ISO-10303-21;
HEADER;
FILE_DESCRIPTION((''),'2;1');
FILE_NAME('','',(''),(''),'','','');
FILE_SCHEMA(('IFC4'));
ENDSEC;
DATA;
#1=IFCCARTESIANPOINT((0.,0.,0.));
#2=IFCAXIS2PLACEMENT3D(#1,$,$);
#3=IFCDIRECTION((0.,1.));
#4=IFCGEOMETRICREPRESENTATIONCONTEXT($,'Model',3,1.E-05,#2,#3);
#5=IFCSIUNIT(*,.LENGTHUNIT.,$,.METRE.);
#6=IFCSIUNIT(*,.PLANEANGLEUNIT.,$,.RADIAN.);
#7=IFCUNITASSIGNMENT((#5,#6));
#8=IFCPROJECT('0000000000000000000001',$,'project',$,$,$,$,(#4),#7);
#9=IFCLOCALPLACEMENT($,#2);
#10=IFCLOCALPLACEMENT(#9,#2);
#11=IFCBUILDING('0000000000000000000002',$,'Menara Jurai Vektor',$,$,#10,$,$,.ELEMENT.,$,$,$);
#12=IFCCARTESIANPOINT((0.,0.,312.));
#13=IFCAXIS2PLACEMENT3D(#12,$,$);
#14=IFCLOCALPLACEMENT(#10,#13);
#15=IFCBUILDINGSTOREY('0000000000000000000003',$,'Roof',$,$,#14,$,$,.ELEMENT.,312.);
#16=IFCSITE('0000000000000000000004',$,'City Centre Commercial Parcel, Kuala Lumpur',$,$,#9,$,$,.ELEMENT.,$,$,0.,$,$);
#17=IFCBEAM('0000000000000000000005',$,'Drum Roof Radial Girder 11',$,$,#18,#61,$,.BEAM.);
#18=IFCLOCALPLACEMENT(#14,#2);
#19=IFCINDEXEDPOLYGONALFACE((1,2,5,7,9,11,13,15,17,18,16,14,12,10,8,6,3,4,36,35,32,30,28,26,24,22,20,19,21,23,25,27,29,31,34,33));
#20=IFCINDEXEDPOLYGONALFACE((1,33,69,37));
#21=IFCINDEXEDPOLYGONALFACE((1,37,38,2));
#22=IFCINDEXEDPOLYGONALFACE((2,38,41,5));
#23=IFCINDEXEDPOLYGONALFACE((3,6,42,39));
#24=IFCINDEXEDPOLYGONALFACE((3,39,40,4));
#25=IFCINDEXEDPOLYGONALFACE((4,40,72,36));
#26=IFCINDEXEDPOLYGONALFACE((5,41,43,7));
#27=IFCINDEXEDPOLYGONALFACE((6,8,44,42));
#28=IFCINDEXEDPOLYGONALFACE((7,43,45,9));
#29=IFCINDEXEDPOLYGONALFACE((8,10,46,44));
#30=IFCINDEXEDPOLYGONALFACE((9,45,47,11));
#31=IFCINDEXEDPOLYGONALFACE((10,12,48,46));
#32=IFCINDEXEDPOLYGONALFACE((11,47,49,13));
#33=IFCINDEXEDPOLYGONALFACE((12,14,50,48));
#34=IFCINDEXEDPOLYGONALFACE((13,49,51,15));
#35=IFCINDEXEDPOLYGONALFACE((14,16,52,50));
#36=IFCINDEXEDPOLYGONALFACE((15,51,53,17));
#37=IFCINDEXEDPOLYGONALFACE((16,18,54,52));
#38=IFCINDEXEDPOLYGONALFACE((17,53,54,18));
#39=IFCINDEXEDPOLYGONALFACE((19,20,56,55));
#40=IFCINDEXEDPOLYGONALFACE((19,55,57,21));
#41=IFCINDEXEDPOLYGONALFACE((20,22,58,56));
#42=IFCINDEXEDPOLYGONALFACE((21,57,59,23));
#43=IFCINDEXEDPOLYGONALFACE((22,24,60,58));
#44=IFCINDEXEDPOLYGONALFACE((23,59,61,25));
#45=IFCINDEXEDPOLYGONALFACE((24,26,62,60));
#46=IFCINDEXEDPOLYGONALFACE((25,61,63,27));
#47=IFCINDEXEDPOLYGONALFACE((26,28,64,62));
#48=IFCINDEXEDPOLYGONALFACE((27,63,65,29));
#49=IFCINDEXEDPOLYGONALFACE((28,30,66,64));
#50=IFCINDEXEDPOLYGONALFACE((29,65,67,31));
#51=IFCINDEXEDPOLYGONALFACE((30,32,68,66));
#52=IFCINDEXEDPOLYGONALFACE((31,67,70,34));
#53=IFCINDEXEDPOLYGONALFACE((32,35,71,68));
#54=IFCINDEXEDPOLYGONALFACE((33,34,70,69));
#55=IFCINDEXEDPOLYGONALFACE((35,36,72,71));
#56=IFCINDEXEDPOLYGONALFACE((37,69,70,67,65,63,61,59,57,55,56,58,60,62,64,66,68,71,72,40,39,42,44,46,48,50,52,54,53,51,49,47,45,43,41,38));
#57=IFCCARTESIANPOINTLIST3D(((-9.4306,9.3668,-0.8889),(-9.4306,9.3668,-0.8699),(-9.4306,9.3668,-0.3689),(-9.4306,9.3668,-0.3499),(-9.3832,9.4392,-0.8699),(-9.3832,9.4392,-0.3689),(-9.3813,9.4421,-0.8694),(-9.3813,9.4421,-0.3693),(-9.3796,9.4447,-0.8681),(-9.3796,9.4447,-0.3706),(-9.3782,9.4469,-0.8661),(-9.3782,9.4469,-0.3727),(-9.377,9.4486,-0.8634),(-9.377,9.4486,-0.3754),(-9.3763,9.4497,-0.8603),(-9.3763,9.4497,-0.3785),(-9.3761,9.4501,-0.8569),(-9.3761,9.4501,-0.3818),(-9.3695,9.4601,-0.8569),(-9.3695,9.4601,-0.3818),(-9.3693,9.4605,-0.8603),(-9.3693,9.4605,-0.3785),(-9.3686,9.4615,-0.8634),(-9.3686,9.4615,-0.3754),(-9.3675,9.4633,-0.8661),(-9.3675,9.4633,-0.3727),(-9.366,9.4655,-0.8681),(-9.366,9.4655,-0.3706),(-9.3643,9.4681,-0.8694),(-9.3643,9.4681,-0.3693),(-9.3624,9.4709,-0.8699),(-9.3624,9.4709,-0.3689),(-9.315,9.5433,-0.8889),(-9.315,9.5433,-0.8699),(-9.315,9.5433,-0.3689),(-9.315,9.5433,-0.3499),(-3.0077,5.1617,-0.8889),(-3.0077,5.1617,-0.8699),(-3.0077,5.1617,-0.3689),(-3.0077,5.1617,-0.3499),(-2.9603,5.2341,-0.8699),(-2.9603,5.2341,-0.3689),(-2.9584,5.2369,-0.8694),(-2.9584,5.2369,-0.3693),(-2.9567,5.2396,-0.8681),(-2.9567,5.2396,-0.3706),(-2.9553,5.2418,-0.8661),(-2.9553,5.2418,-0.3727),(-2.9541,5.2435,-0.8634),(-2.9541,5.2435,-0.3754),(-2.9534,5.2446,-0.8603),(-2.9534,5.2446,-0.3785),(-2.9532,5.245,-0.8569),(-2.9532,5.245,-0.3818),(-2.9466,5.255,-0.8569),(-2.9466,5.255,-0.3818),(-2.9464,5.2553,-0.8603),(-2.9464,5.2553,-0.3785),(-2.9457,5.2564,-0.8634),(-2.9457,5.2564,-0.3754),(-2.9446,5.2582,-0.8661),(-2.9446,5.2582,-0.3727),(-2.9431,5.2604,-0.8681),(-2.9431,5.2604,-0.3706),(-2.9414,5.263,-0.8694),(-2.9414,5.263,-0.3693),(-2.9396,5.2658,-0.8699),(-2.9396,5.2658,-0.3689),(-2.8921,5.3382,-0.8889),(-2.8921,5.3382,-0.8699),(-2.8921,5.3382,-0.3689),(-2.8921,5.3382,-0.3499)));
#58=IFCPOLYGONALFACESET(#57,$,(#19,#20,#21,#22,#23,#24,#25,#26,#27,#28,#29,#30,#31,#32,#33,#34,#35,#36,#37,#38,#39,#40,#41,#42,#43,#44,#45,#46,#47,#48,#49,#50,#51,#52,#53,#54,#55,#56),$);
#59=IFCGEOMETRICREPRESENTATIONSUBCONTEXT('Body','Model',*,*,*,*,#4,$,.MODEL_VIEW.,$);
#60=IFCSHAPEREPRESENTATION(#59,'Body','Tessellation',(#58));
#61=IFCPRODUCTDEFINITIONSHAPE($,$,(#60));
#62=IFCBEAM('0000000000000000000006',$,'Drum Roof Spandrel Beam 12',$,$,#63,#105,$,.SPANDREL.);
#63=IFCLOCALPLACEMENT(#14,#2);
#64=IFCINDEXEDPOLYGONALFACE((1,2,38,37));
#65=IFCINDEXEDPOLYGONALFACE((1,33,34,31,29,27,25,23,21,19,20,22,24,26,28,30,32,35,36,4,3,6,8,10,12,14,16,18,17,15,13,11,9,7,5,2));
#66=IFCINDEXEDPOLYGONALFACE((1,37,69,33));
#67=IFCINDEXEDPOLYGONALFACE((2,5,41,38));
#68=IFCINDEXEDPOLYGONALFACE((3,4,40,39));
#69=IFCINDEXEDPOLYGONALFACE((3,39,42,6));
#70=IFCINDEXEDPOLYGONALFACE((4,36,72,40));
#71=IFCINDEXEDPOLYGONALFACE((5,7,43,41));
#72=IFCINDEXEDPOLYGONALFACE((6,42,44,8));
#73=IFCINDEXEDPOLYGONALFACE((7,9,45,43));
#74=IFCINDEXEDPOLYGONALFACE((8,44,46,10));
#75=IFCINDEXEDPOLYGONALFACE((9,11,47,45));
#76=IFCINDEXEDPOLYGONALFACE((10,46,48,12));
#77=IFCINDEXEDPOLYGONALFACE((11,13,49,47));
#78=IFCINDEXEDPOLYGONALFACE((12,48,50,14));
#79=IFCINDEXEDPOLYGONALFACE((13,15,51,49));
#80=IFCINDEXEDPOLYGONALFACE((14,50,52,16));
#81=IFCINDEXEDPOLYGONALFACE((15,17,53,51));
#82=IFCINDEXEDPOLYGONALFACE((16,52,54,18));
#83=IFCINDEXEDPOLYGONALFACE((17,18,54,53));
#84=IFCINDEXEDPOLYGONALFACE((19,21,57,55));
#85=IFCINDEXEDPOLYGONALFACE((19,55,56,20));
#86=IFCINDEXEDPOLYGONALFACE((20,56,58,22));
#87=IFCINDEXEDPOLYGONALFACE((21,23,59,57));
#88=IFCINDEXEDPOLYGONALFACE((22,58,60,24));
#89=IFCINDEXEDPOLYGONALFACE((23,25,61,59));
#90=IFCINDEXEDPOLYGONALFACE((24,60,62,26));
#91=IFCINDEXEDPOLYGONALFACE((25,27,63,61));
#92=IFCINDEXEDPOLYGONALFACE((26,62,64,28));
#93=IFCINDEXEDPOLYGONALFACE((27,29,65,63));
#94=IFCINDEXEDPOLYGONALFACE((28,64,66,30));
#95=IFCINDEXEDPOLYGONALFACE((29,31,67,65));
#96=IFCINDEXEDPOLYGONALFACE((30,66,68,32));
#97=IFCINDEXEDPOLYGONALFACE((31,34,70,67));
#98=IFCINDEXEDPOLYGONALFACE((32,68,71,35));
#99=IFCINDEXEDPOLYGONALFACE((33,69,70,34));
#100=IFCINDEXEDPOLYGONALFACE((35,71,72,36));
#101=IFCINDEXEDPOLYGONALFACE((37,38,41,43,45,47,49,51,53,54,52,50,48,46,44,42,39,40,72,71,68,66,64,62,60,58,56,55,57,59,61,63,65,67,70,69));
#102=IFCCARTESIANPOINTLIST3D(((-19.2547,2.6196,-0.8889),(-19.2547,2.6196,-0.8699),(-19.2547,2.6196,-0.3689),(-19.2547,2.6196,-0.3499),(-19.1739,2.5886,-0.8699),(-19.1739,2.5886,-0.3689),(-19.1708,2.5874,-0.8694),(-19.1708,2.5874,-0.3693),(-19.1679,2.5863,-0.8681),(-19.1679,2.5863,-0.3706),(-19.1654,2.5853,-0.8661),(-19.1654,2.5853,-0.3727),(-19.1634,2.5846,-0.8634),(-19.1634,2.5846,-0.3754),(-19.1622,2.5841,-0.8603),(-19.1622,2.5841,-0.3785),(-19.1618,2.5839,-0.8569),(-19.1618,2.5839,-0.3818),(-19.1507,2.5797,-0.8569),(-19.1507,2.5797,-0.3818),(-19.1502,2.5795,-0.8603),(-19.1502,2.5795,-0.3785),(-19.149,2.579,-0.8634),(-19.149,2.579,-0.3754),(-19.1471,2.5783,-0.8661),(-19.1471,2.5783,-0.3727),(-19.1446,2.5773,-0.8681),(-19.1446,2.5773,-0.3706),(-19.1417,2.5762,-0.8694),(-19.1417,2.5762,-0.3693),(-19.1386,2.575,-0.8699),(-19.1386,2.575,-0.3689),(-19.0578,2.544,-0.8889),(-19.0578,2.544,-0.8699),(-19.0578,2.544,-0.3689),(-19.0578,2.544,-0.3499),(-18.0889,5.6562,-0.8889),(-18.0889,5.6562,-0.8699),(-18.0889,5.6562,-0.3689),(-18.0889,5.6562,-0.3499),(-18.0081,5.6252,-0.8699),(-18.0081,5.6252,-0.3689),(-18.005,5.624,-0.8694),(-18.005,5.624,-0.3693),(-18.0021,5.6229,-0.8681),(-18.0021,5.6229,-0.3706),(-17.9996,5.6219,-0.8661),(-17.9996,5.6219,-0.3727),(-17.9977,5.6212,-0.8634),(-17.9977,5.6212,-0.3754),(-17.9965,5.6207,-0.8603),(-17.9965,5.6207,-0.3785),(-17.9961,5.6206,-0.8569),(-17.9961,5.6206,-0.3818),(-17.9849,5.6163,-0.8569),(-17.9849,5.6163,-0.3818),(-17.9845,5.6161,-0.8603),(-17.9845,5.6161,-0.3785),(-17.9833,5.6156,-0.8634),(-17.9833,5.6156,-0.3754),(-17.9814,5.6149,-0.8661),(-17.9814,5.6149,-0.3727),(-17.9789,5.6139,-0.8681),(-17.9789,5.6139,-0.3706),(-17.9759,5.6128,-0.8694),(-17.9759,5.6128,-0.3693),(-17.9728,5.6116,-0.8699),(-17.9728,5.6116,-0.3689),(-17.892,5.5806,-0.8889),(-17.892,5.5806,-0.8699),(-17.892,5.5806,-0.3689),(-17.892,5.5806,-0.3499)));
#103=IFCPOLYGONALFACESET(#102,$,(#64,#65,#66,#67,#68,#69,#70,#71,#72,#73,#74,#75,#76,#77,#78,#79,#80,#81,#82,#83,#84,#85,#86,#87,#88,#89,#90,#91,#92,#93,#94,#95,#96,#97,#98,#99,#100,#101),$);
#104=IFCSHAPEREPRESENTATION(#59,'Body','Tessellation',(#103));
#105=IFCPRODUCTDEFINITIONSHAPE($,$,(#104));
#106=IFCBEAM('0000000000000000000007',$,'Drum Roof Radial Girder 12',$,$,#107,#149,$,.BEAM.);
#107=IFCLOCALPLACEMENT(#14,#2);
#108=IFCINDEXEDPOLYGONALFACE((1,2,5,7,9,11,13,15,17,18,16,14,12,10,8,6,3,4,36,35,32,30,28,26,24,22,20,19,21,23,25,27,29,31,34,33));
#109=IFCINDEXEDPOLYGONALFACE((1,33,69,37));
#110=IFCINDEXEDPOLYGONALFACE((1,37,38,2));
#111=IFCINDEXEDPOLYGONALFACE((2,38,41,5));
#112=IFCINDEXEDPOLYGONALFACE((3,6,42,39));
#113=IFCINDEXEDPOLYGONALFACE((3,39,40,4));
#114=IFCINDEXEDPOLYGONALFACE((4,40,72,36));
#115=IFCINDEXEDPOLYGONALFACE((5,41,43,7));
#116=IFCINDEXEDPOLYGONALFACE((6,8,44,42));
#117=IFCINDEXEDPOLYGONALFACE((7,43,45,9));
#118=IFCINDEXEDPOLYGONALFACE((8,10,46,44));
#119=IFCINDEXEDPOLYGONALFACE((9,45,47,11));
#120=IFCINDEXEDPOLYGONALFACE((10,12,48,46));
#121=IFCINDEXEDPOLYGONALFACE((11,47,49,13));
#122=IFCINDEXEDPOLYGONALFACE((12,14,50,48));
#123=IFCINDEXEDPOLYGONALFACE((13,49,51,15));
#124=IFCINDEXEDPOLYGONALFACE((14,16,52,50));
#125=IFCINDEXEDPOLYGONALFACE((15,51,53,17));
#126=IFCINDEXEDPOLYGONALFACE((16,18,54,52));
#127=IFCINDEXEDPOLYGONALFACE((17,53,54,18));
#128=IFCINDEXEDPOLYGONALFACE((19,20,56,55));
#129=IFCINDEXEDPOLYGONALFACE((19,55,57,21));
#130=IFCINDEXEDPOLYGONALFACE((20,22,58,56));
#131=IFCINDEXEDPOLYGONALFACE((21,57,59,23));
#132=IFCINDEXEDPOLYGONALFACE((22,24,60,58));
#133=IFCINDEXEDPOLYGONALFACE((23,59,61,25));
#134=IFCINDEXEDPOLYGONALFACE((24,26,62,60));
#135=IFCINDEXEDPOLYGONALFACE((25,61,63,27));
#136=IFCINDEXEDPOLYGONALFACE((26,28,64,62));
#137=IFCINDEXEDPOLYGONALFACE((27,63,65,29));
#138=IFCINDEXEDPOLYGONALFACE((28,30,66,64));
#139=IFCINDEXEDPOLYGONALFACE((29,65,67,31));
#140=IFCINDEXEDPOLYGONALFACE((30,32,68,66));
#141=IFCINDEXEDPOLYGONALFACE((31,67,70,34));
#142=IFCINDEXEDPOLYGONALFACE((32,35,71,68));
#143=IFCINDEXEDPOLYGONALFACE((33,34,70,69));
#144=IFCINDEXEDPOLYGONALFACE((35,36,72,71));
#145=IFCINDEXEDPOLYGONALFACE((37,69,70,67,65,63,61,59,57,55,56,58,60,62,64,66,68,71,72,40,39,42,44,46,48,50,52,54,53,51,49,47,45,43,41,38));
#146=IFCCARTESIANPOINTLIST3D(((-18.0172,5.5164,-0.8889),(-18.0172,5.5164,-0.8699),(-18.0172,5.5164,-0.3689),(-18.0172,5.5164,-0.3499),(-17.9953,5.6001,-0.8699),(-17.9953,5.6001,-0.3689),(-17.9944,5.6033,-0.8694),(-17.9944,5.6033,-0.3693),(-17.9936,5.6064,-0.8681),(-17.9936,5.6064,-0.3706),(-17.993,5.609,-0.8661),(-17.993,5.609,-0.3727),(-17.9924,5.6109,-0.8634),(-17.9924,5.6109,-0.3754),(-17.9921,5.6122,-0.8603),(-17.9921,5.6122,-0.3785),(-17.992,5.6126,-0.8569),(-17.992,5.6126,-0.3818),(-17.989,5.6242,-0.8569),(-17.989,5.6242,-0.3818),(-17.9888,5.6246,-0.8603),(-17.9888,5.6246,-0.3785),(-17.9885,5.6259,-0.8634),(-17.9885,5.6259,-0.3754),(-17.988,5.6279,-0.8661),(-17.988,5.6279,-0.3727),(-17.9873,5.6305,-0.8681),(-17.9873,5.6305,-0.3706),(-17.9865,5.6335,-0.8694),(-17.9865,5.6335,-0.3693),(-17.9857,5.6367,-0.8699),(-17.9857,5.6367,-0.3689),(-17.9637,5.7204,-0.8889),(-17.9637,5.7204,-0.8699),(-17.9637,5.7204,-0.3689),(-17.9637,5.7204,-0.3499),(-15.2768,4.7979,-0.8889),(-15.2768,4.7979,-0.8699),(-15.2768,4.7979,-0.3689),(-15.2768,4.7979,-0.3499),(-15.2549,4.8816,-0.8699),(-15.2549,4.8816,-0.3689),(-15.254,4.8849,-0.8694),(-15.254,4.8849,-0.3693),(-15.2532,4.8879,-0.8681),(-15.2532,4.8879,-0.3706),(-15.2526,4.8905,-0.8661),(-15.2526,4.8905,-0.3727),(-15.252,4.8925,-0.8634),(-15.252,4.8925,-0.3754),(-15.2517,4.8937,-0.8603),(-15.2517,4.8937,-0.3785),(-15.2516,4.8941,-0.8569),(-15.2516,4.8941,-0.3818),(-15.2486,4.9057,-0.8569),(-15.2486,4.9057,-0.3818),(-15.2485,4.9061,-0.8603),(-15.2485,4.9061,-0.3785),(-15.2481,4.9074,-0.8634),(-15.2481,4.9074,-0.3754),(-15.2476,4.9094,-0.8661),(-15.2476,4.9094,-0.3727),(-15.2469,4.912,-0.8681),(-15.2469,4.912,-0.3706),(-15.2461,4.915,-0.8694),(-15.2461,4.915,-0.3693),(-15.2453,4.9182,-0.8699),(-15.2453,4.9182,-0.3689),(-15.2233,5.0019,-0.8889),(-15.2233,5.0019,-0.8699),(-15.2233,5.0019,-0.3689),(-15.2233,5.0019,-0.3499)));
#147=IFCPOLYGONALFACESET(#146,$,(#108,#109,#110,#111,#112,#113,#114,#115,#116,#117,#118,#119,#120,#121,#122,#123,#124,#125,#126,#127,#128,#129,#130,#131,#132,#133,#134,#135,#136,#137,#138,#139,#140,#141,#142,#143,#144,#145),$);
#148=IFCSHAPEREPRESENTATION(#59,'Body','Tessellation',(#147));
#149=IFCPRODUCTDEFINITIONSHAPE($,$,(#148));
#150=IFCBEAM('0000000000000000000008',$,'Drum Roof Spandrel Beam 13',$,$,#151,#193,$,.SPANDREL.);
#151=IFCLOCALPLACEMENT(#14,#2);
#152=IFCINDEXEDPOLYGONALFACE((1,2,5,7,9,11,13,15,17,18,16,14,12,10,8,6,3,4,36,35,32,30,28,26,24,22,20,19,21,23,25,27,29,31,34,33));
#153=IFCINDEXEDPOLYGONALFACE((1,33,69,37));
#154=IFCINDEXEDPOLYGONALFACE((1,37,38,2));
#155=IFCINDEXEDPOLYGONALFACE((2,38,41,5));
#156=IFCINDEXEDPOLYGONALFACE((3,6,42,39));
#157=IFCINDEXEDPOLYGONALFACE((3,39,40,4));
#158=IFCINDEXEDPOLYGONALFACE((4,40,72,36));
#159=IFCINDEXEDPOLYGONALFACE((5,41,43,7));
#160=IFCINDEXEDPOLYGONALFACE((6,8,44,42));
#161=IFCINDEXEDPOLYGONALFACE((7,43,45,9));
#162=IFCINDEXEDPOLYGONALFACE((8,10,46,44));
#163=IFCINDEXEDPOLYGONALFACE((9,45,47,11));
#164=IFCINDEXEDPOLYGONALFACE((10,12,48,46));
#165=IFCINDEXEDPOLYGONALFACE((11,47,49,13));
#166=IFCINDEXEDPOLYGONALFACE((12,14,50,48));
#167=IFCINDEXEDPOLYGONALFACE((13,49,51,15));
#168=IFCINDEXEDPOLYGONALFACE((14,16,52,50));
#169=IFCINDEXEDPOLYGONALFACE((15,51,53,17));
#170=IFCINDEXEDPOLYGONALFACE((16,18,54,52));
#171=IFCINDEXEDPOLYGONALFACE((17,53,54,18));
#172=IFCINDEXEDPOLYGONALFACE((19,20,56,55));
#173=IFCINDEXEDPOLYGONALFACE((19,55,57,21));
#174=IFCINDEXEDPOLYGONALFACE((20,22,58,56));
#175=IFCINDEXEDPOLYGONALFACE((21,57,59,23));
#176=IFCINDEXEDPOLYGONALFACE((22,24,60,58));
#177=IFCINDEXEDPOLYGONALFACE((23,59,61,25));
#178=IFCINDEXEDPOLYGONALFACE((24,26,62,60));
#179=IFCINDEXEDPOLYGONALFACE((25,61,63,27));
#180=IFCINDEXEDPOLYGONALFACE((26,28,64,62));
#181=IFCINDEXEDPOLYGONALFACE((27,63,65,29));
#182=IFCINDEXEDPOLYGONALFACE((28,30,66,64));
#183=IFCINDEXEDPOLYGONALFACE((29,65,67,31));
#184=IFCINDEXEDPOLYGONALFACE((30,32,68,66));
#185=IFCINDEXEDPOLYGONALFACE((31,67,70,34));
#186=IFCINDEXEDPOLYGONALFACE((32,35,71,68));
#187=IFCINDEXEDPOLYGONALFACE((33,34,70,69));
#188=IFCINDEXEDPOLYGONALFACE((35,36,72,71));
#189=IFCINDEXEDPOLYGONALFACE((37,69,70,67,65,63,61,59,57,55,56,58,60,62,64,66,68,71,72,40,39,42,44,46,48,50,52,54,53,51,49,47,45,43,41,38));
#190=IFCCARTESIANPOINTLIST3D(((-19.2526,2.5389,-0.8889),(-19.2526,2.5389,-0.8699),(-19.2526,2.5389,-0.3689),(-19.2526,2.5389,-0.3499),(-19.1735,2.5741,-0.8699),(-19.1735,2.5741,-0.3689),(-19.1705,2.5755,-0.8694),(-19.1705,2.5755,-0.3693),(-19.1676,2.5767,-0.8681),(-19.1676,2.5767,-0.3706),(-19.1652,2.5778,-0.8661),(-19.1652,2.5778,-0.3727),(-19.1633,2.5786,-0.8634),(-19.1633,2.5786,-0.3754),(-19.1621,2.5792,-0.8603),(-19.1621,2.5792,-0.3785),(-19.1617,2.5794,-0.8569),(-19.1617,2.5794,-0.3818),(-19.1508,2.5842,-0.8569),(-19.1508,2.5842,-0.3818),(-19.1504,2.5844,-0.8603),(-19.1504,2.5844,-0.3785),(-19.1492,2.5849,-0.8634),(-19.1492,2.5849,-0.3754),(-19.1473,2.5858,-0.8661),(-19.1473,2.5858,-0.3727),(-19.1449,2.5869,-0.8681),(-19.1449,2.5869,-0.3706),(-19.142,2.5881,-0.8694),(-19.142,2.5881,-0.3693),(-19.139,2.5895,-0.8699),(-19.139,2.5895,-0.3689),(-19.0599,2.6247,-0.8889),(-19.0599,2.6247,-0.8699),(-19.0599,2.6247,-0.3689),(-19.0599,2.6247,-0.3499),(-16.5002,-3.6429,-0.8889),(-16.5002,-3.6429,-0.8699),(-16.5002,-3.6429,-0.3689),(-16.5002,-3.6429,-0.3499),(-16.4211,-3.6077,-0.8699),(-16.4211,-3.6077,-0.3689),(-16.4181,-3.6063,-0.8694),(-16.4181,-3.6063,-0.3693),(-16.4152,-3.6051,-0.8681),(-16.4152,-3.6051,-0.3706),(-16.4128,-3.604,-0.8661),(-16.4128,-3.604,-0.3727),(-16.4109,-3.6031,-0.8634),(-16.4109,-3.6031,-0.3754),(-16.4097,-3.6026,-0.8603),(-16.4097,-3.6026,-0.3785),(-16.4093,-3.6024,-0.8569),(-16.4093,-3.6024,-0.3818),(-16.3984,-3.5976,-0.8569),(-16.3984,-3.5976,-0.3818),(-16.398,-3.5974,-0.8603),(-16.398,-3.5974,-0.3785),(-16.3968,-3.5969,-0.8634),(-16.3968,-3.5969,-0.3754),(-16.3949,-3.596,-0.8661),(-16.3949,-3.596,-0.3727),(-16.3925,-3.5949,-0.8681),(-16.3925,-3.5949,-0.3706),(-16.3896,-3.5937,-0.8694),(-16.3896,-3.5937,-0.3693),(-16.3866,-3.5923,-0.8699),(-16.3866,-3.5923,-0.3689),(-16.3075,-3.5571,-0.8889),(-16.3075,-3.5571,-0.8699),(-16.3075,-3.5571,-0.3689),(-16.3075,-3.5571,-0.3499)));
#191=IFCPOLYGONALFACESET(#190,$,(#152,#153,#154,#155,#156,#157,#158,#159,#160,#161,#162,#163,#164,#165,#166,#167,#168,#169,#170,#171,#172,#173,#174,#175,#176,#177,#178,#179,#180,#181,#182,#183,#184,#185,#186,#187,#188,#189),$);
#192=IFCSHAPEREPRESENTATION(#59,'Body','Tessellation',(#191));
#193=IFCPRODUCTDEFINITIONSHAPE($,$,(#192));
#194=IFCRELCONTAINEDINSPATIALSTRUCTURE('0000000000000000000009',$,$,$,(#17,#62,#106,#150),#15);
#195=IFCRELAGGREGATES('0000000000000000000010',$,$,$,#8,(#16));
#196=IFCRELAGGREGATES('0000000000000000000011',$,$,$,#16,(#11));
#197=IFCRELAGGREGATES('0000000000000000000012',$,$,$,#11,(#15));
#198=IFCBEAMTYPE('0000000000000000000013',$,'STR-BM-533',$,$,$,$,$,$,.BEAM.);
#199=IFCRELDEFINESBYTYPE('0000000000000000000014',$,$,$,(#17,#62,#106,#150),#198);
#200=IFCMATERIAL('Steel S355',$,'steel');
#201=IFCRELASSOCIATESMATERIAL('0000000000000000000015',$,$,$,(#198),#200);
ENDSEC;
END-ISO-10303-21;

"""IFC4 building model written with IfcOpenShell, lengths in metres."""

from ifc_helpers import new_model, si_unit, direction, frame, origin, origin_2d, place, context, subcontext, project, spatial, i_section, extrude, material, material_profile, profile_set, type_object, element, save


model = new_model("IFC4")

# Units and contexts
model_context = context("Model", 3, precision=1e-05, world=origin(), true_north=direction((0.0, 1.0)))
body_context = subcontext(model_context, "Body", "Model", "MODEL_VIEW")
ifc_project = project(units=[si_unit("LENGTHUNIT", "METRE"), si_unit("PLANEANGLEUNIT", "RADIAN")], contexts=[model_context])

# Site, building, storey
site_placement = place(None, origin())
site = spatial("IfcSite", under=ifc_project, at=site_placement, Name="City Centre Commercial Parcel, Kuala Lumpur", CompositionType="ELEMENT", RefElevation=0.0)
building_placement = place(site_placement, origin())
building = spatial("IfcBuilding", under=site, at=building_placement, Name="Menara Jurai Vektor", CompositionType="ELEMENT")
storey_placement = place(building_placement, frame((0.0, 0.0, 312.0)))
storey = spatial("IfcBuildingStorey", under=building, at=storey_placement, Name="Roof", CompositionType="ELEMENT", Elevation=312.0)

# Beams
ifc_material_1 = material(Name="Steel S355", Category="steel")
ifc_material_profile_1 = material_profile(ifc_material_1, i_section(OverallWidth=0.2109, OverallDepth=0.5391, WebThickness=0.012, FlangeThickness=0.019, FilletRadius=0.0129, at=origin_2d()), Name="UKB 533x210x109")
ifc_profile_set_1 = profile_set([ifc_material_profile_1], Name="Steel S355")
beam_type_1 = type_object("IfcBeamType", Name="STR-BM-533", PredefinedType="BEAM", material=ifc_profile_set_1)
beam_1_placement = place(storey_placement, frame((-9.3728, 9.4551, -0.6194), z_axis=(0.83664, -0.547753, 0.0), x_axis=(0.547753, 0.83664, 0.0)))
element("IfcBeam", 1, at=beam_1_placement, inside=storey, type_object=beam_type_1, Name="Drum Roof Radial Girder 11", PredefinedType="BEAM", context=body_context, shape_type="SweptSolid", body=[
    extrude(i_section(OverallWidth=0.2109, OverallDepth=0.5391, WebThickness=0.012, FlangeThickness=0.019, FilletRadius=0.0129, at=origin_2d()), origin(), (0.0, 0.0, 1.0), 7.677),
])
beam_2_placement = place(storey_placement, frame((-17.9905, 5.6184, -0.6194), z_axis=(-0.358401, -0.933568, 0.0), x_axis=(0.933568, -0.358401, 0.0)))
element("IfcBeam", 2, at=beam_2_placement, inside=storey, type_object=beam_type_1, Name="Drum Roof Spandrel Beam 12", PredefinedType="SPANDREL", context=body_context, shape_type="SweptSolid", body=[
    extrude(i_section(OverallWidth=0.2109, OverallDepth=0.5391, WebThickness=0.012, FlangeThickness=0.019, FilletRadius=0.0129, at=origin_2d()), origin(), (0.0, 0.0, 1.0), 3.2527),
])
beam_3_placement = place(storey_placement, frame((-17.9905, 5.6184, -0.6194), z_axis=(0.967306, -0.253611, 0.0), x_axis=(0.253611, 0.967306, 0.0)))
element("IfcBeam", 3, at=beam_3_placement, inside=storey, type_object=beam_type_1, Name="Drum Roof Radial Girder 12", PredefinedType="BEAM", context=body_context, shape_type="SweptSolid", body=[
    extrude(i_section(OverallWidth=0.2109, OverallDepth=0.5391, WebThickness=0.012, FlangeThickness=0.019, FilletRadius=0.0129, at=origin_2d()), origin(), (0.0, 0.0, 1.0), 2.833),
])
beam_4_placement = place(storey_placement, frame((-19.1562, 2.5818, -0.6194), z_axis=(0.406748, -0.913541, 0.0), x_axis=(0.913541, 0.406748, 0.0)))
element("IfcBeam", 4, at=beam_4_placement, inside=storey, type_object=beam_type_1, Name="Drum Roof Spandrel Beam 13", PredefinedType="SPANDREL", context=body_context, shape_type="SweptSolid", body=[
    extrude(i_section(OverallWidth=0.2109, OverallDepth=0.5391, WebThickness=0.012, FlangeThickness=0.019, FilletRadius=0.0129, at=origin_2d()), origin(), (0.0, 0.0, 1.0), 6.7668),
])

save(model, "model.ifc")
